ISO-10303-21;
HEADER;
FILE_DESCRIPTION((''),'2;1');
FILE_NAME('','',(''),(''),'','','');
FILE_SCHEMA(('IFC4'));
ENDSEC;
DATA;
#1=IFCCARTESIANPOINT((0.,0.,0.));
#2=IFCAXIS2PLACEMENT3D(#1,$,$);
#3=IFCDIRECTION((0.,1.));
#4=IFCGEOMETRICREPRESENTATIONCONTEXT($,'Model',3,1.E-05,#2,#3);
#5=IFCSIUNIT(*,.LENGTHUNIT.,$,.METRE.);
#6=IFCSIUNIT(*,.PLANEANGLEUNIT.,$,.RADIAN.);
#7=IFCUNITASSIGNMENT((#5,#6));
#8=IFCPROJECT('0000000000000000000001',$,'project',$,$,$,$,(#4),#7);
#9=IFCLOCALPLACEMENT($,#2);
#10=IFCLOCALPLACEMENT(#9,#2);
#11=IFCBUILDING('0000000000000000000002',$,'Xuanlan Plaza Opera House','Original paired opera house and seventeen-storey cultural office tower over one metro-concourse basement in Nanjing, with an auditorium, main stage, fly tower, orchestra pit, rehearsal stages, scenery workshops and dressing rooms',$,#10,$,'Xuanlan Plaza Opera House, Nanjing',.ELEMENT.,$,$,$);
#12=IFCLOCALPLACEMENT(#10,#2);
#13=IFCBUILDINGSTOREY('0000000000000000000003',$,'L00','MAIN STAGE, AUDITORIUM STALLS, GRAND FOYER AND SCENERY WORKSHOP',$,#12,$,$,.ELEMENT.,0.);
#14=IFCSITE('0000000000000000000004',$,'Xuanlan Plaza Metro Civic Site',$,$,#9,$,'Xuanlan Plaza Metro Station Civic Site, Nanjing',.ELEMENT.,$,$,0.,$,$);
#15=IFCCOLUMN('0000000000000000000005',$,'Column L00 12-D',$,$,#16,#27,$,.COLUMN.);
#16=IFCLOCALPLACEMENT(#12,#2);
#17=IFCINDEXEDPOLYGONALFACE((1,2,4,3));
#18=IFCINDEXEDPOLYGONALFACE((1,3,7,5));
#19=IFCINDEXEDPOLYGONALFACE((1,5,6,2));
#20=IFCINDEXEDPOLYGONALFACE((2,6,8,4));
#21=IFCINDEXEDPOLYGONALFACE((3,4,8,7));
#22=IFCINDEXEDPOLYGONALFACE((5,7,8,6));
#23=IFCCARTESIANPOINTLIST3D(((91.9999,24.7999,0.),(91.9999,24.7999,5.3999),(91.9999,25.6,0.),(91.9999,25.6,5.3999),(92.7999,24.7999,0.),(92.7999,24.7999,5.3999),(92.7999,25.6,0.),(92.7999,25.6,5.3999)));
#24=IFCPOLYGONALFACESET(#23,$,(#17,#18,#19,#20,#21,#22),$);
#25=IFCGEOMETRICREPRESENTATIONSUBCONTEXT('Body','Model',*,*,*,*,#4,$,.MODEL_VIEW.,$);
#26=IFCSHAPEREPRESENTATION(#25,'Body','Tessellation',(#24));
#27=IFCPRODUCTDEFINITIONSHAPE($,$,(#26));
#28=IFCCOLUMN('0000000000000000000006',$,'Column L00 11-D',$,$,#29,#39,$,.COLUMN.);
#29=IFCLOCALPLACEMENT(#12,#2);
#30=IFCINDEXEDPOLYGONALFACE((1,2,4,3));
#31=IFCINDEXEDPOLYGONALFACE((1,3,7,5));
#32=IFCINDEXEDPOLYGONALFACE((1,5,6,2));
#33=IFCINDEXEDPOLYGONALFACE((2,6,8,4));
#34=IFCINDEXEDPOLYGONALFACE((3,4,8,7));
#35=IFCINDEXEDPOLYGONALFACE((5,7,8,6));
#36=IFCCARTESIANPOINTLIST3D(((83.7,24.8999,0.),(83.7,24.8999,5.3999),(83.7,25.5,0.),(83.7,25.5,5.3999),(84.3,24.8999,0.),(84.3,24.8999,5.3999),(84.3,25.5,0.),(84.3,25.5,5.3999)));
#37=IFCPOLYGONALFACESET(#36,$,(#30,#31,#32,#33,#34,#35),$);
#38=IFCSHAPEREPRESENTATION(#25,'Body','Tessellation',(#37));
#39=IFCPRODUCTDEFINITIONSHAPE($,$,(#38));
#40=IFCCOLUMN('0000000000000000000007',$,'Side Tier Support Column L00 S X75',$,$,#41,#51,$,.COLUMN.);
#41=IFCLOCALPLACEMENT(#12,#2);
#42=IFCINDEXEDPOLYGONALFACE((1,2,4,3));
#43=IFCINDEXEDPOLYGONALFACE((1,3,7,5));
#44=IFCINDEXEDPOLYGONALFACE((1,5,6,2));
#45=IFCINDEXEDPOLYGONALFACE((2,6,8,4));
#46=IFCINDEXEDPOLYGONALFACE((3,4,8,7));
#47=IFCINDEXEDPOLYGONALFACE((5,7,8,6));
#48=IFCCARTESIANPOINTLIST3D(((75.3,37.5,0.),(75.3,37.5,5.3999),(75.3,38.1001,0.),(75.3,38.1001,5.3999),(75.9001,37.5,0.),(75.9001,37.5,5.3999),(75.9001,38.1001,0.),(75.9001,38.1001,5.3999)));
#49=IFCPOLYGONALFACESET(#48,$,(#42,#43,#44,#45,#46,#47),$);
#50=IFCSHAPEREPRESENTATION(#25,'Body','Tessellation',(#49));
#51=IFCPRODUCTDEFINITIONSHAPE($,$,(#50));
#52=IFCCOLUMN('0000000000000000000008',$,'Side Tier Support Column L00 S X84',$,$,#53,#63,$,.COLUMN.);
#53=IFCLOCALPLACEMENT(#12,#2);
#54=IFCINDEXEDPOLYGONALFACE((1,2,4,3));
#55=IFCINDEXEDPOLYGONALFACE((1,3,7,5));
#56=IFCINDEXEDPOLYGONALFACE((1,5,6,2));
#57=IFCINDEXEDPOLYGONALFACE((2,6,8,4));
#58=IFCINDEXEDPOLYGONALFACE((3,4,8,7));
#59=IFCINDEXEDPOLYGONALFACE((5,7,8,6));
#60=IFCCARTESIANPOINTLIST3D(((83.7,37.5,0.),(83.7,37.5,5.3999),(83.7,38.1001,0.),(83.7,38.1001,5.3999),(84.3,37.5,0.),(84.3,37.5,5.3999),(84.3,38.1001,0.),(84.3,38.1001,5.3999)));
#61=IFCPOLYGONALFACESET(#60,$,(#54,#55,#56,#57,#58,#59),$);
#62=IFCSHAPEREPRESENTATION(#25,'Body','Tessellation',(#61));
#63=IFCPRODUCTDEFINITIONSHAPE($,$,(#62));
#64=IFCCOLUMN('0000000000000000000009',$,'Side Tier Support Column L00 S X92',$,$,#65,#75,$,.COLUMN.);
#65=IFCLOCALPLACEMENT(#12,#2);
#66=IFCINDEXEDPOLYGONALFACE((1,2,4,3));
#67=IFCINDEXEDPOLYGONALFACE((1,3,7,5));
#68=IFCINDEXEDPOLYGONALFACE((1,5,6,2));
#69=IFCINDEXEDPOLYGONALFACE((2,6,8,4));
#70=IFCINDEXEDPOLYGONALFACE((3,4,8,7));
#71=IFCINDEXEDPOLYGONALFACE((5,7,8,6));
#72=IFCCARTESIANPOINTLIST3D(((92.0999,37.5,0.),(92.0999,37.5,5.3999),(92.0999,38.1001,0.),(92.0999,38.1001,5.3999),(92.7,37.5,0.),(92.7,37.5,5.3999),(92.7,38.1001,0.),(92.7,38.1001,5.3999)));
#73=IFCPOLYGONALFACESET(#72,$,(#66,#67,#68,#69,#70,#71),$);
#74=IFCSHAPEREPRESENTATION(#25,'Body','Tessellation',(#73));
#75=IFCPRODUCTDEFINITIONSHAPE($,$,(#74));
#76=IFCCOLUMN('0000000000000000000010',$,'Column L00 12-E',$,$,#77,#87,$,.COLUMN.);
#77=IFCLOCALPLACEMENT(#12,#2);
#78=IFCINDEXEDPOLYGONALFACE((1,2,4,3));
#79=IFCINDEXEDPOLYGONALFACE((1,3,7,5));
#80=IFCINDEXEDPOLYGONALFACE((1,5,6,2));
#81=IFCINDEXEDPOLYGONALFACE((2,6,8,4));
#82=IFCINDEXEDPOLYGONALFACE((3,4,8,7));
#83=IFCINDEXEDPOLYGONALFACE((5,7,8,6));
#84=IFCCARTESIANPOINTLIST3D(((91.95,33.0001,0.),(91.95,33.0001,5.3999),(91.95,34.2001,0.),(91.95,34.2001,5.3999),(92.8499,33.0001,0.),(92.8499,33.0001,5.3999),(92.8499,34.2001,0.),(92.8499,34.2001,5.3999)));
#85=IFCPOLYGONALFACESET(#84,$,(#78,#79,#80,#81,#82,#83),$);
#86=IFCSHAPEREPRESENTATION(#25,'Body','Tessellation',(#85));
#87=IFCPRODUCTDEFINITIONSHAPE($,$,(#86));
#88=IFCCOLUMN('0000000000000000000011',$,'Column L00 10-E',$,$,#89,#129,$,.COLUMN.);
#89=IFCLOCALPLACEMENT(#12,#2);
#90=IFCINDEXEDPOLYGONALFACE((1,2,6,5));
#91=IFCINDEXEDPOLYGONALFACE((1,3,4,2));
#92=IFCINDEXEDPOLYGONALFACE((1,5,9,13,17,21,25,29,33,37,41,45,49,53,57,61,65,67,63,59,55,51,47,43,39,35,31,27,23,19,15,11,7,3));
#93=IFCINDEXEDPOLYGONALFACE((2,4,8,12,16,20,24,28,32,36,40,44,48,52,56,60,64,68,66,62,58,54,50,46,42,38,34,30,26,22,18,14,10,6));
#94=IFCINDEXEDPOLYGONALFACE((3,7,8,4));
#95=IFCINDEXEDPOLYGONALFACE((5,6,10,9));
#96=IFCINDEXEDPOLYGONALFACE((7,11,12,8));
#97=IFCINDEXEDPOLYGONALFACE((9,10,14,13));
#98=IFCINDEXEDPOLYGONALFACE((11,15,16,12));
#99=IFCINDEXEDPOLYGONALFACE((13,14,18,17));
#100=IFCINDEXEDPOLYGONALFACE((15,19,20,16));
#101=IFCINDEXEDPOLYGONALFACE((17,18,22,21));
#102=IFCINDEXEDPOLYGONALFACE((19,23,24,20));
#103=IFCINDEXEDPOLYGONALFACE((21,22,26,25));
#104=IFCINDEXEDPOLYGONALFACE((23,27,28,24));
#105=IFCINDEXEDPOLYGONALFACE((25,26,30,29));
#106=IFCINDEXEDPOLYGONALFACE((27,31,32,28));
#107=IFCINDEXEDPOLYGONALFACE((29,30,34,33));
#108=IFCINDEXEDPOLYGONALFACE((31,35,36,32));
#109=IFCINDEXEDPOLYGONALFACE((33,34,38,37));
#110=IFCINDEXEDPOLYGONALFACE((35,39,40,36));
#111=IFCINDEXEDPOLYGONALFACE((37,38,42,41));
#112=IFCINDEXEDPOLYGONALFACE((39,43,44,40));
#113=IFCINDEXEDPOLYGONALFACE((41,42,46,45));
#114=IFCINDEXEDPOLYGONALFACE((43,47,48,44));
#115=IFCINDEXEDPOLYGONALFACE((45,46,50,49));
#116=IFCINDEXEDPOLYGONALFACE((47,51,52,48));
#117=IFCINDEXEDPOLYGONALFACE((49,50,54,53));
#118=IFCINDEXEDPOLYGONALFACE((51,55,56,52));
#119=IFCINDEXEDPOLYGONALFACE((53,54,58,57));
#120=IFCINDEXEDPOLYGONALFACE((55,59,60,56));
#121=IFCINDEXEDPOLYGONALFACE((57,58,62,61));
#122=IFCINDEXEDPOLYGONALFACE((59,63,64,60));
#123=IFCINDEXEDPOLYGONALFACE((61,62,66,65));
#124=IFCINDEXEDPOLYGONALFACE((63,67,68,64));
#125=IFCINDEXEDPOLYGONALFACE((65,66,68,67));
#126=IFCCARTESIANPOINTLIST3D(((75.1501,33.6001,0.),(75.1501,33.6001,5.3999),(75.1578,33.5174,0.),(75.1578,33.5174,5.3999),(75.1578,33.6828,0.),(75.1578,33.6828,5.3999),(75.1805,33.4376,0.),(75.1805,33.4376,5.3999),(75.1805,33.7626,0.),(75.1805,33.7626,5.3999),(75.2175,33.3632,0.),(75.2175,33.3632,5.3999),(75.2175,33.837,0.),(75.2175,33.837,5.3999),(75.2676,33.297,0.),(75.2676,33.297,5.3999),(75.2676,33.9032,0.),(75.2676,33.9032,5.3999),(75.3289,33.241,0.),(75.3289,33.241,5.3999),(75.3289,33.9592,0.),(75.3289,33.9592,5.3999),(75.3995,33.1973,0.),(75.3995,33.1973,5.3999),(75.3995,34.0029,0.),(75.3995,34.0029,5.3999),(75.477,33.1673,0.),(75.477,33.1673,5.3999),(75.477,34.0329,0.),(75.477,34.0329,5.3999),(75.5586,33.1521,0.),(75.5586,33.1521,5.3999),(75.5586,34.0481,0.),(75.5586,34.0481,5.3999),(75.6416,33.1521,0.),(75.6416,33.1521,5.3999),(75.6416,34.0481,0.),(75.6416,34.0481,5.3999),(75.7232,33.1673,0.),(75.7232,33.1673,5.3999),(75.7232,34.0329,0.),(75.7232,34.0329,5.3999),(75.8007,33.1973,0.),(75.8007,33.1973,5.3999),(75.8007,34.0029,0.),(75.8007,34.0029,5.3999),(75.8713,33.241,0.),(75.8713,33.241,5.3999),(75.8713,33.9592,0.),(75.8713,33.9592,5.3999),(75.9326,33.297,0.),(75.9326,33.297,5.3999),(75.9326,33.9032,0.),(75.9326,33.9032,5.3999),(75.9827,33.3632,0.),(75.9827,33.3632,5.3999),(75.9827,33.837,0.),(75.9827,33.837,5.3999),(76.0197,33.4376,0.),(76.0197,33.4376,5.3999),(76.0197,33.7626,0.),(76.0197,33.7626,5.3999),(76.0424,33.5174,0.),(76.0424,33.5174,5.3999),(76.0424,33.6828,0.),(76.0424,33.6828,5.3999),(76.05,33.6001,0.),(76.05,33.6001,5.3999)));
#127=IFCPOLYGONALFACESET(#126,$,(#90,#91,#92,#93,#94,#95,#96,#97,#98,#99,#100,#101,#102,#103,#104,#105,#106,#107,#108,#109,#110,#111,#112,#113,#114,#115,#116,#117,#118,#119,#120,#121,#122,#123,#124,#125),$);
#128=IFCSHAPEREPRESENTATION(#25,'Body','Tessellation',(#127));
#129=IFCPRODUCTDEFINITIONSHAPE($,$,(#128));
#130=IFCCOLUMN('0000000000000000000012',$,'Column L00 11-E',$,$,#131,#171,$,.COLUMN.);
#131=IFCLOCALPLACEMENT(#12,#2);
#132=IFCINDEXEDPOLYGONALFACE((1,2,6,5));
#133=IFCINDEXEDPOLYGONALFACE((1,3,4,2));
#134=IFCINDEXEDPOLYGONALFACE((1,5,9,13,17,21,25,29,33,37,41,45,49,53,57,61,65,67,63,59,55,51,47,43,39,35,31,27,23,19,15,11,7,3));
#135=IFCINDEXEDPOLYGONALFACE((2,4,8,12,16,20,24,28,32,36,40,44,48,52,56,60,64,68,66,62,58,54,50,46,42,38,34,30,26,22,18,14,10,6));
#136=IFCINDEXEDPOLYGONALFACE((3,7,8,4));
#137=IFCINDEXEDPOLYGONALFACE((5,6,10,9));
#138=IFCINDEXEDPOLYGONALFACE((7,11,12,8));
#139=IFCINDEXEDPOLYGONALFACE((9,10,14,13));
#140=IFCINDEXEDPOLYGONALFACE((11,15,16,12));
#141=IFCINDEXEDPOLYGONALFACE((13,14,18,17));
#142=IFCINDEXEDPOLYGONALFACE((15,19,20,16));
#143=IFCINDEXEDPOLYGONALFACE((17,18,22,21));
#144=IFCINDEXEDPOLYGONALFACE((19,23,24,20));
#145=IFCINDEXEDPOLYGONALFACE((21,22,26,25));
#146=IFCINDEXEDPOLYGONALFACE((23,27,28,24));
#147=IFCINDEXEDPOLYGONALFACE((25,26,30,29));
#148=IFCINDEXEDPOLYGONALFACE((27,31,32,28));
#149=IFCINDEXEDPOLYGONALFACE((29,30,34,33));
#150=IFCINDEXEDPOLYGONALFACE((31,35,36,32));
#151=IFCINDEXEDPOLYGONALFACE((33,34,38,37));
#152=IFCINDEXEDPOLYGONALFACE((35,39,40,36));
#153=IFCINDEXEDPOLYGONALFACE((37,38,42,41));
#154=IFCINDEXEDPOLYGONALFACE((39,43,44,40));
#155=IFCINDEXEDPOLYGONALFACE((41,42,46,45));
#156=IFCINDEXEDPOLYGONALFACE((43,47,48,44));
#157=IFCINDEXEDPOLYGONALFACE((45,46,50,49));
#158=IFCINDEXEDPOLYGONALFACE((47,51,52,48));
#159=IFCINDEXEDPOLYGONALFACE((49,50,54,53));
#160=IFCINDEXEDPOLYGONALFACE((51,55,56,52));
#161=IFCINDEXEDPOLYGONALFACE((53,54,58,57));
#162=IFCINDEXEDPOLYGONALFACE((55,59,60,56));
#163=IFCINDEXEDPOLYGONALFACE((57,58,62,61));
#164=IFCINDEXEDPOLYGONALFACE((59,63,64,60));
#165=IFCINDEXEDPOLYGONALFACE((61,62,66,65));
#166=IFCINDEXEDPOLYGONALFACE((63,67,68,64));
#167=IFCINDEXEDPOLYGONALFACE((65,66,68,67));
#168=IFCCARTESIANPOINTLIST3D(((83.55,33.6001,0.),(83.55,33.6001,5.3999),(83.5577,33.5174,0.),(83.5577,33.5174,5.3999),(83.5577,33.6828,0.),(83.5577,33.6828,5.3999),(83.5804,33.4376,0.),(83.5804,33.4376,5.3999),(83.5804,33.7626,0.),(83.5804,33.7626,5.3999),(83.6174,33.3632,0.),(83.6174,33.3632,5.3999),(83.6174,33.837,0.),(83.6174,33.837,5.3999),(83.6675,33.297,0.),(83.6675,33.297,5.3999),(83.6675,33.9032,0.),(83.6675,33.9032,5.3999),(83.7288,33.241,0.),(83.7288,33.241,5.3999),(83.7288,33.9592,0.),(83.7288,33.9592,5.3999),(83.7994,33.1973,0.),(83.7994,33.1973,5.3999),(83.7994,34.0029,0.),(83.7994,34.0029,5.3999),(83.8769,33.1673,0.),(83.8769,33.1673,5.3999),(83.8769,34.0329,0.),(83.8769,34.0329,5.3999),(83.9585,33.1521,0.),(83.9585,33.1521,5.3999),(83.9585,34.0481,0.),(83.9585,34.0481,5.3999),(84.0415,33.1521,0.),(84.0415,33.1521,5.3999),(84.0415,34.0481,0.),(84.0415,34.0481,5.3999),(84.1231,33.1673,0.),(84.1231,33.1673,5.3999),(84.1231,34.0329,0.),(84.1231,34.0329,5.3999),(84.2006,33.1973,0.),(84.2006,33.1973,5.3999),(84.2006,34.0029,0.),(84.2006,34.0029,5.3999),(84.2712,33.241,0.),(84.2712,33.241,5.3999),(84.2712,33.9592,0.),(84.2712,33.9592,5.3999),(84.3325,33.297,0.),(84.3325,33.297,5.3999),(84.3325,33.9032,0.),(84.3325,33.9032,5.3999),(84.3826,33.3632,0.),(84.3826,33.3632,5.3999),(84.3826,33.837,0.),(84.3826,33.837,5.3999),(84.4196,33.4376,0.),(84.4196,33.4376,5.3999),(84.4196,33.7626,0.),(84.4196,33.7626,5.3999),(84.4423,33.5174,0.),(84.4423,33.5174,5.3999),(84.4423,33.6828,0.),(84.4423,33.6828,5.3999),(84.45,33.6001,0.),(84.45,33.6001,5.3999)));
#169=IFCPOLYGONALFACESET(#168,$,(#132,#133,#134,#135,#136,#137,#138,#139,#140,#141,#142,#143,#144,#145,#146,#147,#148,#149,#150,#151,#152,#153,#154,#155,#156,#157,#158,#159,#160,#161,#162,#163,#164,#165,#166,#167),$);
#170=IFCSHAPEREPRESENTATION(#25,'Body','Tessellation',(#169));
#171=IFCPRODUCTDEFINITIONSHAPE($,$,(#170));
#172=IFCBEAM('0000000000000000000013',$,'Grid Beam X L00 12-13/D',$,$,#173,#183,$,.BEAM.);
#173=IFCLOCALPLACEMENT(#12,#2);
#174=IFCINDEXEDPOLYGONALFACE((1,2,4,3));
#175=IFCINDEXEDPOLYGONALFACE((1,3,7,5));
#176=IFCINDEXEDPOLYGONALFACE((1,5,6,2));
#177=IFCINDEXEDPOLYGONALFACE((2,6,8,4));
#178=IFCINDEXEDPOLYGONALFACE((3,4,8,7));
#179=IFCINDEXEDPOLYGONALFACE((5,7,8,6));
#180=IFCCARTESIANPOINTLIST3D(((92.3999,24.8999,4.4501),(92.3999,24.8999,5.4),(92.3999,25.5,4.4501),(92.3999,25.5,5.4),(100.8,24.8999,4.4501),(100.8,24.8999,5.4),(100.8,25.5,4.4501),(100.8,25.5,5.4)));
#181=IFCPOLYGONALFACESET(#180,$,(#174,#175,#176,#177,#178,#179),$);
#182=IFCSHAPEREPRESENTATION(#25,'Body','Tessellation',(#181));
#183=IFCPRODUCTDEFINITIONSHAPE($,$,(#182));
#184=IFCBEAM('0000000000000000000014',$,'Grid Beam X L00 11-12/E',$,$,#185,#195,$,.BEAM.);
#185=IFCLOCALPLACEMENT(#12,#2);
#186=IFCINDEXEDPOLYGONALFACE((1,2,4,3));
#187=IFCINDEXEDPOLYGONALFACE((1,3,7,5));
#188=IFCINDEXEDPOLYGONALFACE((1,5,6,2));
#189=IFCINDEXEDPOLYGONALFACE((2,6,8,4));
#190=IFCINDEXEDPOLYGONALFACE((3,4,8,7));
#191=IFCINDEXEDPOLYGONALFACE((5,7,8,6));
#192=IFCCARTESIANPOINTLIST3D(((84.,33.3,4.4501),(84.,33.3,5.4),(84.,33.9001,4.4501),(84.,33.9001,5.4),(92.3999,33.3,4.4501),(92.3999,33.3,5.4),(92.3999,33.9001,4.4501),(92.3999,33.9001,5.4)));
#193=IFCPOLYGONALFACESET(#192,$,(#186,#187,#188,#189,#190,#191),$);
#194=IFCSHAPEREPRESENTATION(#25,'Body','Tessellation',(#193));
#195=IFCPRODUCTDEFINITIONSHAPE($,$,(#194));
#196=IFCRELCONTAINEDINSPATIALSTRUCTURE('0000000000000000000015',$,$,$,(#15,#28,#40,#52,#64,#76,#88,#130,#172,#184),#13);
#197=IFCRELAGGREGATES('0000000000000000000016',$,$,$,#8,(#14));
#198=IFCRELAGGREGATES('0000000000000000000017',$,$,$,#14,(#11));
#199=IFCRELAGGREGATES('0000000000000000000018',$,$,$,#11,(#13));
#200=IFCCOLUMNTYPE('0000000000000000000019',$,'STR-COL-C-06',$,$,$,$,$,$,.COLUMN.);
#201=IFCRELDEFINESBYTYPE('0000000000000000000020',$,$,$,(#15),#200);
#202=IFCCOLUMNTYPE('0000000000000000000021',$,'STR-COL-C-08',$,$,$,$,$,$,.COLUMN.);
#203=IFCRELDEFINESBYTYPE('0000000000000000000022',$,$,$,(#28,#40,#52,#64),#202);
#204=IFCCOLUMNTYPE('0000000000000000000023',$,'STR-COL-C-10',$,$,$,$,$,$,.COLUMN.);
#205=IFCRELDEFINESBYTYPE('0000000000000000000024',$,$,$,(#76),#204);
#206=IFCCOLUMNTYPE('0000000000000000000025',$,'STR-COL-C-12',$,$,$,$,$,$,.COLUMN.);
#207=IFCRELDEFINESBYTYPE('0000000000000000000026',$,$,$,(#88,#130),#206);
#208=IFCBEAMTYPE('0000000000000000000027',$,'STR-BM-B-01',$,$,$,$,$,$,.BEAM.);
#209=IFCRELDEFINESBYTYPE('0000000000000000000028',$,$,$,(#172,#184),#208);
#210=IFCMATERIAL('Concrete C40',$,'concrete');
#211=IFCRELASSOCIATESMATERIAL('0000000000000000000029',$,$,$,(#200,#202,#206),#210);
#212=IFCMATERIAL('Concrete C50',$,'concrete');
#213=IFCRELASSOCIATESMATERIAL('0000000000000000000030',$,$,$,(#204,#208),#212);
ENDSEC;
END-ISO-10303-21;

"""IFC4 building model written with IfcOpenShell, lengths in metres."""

from ifc_helpers import new_model, si_unit, direction, frame, origin, origin_2d, place, context, subcontext, project, spatial, rectangle, circle, extrude, material, material_profile, profile_set, type_object, element, save


model = new_model("IFC4")

# Units and contexts
model_context = context("Model", 3, precision=1e-05, world=origin(), true_north=direction((0.0, 1.0)))
body_context = subcontext(model_context, "Body", "Model", "MODEL_VIEW")
ifc_project = project(units=[si_unit("LENGTHUNIT", "METRE"), si_unit("PLANEANGLEUNIT", "RADIAN")], contexts=[model_context])

# Site, building, storey
site_placement = place(None, origin())
site = spatial("IfcSite", under=ifc_project, at=site_placement, Name="Xuanlan Plaza Metro Civic Site", LongName="Xuanlan Plaza Metro Station Civic Site, Nanjing", CompositionType="ELEMENT", RefElevation=0.0)
building_placement = place(site_placement, origin())
building = spatial("IfcBuilding", under=site, at=building_placement, Name="Xuanlan Plaza Opera House", Description="Original paired opera house and seventeen-storey cultural office tower over one metro-concourse basement in Nanjing, with an auditorium, main stage, fly tower, orchestra pit, rehearsal stages, scenery workshops and dressing rooms", LongName="Xuanlan Plaza Opera House, Nanjing", CompositionType="ELEMENT")
storey_placement = place(building_placement, origin())
storey = spatial("IfcBuildingStorey", under=building, at=storey_placement, Name="L00", Description="MAIN STAGE, AUDITORIUM STALLS, GRAND FOYER AND SCENERY WORKSHOP", CompositionType="ELEMENT", Elevation=0.0)

# Columns
ifc_material_1 = material(Name="Concrete C40", Category="concrete")
ifc_material_profile_1 = material_profile(ifc_material_1, rectangle(XDim=0.8, YDim=0.8, at=origin_2d()), Name="RC-COL 800x800")
ifc_profile_set_1 = profile_set([ifc_material_profile_1], Name="Concrete C40")
column_type_1 = type_object("IfcColumnType", Name="STR-COL-C-06", PredefinedType="COLUMN", material=ifc_profile_set_1)
column_1_placement = place(storey_placement, frame((92.3999, 25.2, 0.0), z_axis=(0.0, 0.0, 1.0), x_axis=(1.0, 0.0, 0.0)))
element("IfcColumn", 1, at=column_1_placement, inside=storey, type_object=column_type_1, Name="Column L00 12-D", PredefinedType="COLUMN", context=body_context, shape_type="SweptSolid", body=[
    extrude(rectangle(XDim=0.8, YDim=0.8, at=origin_2d()), origin(), (0.0, 0.0, 1.0), 5.3999),
])
ifc_material_profile_2 = material_profile(ifc_material_1, rectangle(XDim=0.6001, YDim=0.6001, at=origin_2d()), Name="RC-COL 600x600")
ifc_profile_set_2 = profile_set([ifc_material_profile_2], Name="Concrete C40")
column_type_2 = type_object("IfcColumnType", Name="STR-COL-C-08", PredefinedType="COLUMN", material=ifc_profile_set_2)
for number, where, z_axis, x_axis, name in (
    (2, (84.0, 25.2, 0.0), (0.0, 0.0, 1.0), (1.0, 0.0, 0.0), "Column L00 11-D"),
    (3, (75.6001, 37.8, 0.0), (0.0, 0.0, 1.0), (1.0, 0.0, 0.0), "Side Tier Support Column L00 S X75"),
    (4, (84.0, 37.8, 0.0), (0.0, 0.0, 1.0), (1.0, 0.0, 0.0), "Side Tier Support Column L00 S X84"),
    (5, (92.3999, 37.8, 0.0), (0.0, 0.0, 1.0), (1.0, 0.0, 0.0), "Side Tier Support Column L00 S X92"),
):
    element("IfcColumn", number, at=place(storey_placement, frame(where, z_axis=z_axis, x_axis=x_axis)), inside=storey, type_object=column_type_2, Name=name, PredefinedType="COLUMN", context=body_context, shape_type="SweptSolid", body=[
        extrude(rectangle(XDim=0.6001, YDim=0.6001, at=origin_2d()), origin(), (0.0, 0.0, 1.0), 5.3999),
    ])
ifc_material_2 = material(Name="Concrete C50", Category="concrete")
ifc_material_profile_3 = material_profile(ifc_material_2, rectangle(XDim=0.8999, YDim=1.2, at=origin_2d()), Name="RC-COL 900x1200")
ifc_profile_set_3 = profile_set([ifc_material_profile_3], Name="Concrete C50")
column_type_3 = type_object("IfcColumnType", Name="STR-COL-C-10", PredefinedType="COLUMN", material=ifc_profile_set_3)
column_2_placement = place(storey_placement, frame((92.3999, 33.6001, 0.0), z_axis=(0.0, 0.0, 1.0), x_axis=(1.0, 0.0, 0.0)))
element("IfcColumn", 6, at=column_2_placement, inside=storey, type_object=column_type_3, Name="Column L00 12-E", PredefinedType="COLUMN", context=body_context, shape_type="SweptSolid", body=[
    extrude(rectangle(XDim=0.8999, YDim=1.2, at=origin_2d()), origin(), (0.0, 0.0, 1.0), 5.3999),
])
ifc_material_profile_4 = material_profile(ifc_material_1, circle(Radius=0.45, at=origin_2d()), Name="RC-COL D900")
ifc_profile_set_4 = profile_set([ifc_material_profile_4], Name="Concrete C40")
column_type_4 = type_object("IfcColumnType", Name="STR-COL-C-12", PredefinedType="COLUMN", material=ifc_profile_set_4)
for number, where, z_axis, x_axis, name in (
    (7, (75.6001, 33.6001, 0.0), (0.0, 0.0, 1.0), (1.0, 0.0, 0.0), "Column L00 10-E"),
    (8, (84.0, 33.6001, 0.0), (0.0, 0.0, 1.0), (1.0, 0.0, 0.0), "Column L00 11-E"),
):
    element("IfcColumn", number, at=place(storey_placement, frame(where, z_axis=z_axis, x_axis=x_axis)), inside=storey, type_object=column_type_4, Name=name, PredefinedType="COLUMN", context=body_context, shape_type="SweptSolid", body=[
        extrude(circle(Radius=0.45, at=origin_2d()), origin(), (0.0, 0.0, 1.0), 5.3999),
    ])

# Beams
ifc_material_profile_5 = material_profile(ifc_material_2, rectangle(XDim=0.6001, YDim=0.95, at=origin_2d()), Name="RC-BM 600x950")
ifc_profile_set_5 = profile_set([ifc_material_profile_5], Name="Concrete C50")
beam_type_1 = type_object("IfcBeamType", Name="STR-BM-B-01", PredefinedType="BEAM", material=ifc_profile_set_5)
beam_1_placement = place(storey_placement, frame((92.3999, 25.2, 4.925), z_axis=(1.0, 0.0, 0.0), x_axis=(0.0, 1.0, 0.0)))
element("IfcBeam", 9, at=beam_1_placement, inside=storey, type_object=beam_type_1, Name="Grid Beam X L00 12-13/D", PredefinedType="BEAM", context=body_context, shape_type="SweptSolid", body=[
    extrude(rectangle(XDim=0.6001, YDim=0.95, at=origin_2d()), origin(), (0.0, 0.0, 1.0), 8.4001),
])
beam_2_placement = place(storey_placement, frame((84.0, 33.6001, 4.925), z_axis=(1.0, 0.0, 0.0), x_axis=(0.0, 1.0, 0.0)))
element("IfcBeam", 10, at=beam_2_placement, inside=storey, type_object=beam_type_1, Name="Grid Beam X L00 11-12/E", PredefinedType="BEAM", context=body_context, shape_type="SweptSolid", body=[
    extrude(rectangle(XDim=0.6001, YDim=0.95, at=origin_2d()), origin(), (0.0, 0.0, 1.0), 8.3999),
])

save(model, "model.ifc")
